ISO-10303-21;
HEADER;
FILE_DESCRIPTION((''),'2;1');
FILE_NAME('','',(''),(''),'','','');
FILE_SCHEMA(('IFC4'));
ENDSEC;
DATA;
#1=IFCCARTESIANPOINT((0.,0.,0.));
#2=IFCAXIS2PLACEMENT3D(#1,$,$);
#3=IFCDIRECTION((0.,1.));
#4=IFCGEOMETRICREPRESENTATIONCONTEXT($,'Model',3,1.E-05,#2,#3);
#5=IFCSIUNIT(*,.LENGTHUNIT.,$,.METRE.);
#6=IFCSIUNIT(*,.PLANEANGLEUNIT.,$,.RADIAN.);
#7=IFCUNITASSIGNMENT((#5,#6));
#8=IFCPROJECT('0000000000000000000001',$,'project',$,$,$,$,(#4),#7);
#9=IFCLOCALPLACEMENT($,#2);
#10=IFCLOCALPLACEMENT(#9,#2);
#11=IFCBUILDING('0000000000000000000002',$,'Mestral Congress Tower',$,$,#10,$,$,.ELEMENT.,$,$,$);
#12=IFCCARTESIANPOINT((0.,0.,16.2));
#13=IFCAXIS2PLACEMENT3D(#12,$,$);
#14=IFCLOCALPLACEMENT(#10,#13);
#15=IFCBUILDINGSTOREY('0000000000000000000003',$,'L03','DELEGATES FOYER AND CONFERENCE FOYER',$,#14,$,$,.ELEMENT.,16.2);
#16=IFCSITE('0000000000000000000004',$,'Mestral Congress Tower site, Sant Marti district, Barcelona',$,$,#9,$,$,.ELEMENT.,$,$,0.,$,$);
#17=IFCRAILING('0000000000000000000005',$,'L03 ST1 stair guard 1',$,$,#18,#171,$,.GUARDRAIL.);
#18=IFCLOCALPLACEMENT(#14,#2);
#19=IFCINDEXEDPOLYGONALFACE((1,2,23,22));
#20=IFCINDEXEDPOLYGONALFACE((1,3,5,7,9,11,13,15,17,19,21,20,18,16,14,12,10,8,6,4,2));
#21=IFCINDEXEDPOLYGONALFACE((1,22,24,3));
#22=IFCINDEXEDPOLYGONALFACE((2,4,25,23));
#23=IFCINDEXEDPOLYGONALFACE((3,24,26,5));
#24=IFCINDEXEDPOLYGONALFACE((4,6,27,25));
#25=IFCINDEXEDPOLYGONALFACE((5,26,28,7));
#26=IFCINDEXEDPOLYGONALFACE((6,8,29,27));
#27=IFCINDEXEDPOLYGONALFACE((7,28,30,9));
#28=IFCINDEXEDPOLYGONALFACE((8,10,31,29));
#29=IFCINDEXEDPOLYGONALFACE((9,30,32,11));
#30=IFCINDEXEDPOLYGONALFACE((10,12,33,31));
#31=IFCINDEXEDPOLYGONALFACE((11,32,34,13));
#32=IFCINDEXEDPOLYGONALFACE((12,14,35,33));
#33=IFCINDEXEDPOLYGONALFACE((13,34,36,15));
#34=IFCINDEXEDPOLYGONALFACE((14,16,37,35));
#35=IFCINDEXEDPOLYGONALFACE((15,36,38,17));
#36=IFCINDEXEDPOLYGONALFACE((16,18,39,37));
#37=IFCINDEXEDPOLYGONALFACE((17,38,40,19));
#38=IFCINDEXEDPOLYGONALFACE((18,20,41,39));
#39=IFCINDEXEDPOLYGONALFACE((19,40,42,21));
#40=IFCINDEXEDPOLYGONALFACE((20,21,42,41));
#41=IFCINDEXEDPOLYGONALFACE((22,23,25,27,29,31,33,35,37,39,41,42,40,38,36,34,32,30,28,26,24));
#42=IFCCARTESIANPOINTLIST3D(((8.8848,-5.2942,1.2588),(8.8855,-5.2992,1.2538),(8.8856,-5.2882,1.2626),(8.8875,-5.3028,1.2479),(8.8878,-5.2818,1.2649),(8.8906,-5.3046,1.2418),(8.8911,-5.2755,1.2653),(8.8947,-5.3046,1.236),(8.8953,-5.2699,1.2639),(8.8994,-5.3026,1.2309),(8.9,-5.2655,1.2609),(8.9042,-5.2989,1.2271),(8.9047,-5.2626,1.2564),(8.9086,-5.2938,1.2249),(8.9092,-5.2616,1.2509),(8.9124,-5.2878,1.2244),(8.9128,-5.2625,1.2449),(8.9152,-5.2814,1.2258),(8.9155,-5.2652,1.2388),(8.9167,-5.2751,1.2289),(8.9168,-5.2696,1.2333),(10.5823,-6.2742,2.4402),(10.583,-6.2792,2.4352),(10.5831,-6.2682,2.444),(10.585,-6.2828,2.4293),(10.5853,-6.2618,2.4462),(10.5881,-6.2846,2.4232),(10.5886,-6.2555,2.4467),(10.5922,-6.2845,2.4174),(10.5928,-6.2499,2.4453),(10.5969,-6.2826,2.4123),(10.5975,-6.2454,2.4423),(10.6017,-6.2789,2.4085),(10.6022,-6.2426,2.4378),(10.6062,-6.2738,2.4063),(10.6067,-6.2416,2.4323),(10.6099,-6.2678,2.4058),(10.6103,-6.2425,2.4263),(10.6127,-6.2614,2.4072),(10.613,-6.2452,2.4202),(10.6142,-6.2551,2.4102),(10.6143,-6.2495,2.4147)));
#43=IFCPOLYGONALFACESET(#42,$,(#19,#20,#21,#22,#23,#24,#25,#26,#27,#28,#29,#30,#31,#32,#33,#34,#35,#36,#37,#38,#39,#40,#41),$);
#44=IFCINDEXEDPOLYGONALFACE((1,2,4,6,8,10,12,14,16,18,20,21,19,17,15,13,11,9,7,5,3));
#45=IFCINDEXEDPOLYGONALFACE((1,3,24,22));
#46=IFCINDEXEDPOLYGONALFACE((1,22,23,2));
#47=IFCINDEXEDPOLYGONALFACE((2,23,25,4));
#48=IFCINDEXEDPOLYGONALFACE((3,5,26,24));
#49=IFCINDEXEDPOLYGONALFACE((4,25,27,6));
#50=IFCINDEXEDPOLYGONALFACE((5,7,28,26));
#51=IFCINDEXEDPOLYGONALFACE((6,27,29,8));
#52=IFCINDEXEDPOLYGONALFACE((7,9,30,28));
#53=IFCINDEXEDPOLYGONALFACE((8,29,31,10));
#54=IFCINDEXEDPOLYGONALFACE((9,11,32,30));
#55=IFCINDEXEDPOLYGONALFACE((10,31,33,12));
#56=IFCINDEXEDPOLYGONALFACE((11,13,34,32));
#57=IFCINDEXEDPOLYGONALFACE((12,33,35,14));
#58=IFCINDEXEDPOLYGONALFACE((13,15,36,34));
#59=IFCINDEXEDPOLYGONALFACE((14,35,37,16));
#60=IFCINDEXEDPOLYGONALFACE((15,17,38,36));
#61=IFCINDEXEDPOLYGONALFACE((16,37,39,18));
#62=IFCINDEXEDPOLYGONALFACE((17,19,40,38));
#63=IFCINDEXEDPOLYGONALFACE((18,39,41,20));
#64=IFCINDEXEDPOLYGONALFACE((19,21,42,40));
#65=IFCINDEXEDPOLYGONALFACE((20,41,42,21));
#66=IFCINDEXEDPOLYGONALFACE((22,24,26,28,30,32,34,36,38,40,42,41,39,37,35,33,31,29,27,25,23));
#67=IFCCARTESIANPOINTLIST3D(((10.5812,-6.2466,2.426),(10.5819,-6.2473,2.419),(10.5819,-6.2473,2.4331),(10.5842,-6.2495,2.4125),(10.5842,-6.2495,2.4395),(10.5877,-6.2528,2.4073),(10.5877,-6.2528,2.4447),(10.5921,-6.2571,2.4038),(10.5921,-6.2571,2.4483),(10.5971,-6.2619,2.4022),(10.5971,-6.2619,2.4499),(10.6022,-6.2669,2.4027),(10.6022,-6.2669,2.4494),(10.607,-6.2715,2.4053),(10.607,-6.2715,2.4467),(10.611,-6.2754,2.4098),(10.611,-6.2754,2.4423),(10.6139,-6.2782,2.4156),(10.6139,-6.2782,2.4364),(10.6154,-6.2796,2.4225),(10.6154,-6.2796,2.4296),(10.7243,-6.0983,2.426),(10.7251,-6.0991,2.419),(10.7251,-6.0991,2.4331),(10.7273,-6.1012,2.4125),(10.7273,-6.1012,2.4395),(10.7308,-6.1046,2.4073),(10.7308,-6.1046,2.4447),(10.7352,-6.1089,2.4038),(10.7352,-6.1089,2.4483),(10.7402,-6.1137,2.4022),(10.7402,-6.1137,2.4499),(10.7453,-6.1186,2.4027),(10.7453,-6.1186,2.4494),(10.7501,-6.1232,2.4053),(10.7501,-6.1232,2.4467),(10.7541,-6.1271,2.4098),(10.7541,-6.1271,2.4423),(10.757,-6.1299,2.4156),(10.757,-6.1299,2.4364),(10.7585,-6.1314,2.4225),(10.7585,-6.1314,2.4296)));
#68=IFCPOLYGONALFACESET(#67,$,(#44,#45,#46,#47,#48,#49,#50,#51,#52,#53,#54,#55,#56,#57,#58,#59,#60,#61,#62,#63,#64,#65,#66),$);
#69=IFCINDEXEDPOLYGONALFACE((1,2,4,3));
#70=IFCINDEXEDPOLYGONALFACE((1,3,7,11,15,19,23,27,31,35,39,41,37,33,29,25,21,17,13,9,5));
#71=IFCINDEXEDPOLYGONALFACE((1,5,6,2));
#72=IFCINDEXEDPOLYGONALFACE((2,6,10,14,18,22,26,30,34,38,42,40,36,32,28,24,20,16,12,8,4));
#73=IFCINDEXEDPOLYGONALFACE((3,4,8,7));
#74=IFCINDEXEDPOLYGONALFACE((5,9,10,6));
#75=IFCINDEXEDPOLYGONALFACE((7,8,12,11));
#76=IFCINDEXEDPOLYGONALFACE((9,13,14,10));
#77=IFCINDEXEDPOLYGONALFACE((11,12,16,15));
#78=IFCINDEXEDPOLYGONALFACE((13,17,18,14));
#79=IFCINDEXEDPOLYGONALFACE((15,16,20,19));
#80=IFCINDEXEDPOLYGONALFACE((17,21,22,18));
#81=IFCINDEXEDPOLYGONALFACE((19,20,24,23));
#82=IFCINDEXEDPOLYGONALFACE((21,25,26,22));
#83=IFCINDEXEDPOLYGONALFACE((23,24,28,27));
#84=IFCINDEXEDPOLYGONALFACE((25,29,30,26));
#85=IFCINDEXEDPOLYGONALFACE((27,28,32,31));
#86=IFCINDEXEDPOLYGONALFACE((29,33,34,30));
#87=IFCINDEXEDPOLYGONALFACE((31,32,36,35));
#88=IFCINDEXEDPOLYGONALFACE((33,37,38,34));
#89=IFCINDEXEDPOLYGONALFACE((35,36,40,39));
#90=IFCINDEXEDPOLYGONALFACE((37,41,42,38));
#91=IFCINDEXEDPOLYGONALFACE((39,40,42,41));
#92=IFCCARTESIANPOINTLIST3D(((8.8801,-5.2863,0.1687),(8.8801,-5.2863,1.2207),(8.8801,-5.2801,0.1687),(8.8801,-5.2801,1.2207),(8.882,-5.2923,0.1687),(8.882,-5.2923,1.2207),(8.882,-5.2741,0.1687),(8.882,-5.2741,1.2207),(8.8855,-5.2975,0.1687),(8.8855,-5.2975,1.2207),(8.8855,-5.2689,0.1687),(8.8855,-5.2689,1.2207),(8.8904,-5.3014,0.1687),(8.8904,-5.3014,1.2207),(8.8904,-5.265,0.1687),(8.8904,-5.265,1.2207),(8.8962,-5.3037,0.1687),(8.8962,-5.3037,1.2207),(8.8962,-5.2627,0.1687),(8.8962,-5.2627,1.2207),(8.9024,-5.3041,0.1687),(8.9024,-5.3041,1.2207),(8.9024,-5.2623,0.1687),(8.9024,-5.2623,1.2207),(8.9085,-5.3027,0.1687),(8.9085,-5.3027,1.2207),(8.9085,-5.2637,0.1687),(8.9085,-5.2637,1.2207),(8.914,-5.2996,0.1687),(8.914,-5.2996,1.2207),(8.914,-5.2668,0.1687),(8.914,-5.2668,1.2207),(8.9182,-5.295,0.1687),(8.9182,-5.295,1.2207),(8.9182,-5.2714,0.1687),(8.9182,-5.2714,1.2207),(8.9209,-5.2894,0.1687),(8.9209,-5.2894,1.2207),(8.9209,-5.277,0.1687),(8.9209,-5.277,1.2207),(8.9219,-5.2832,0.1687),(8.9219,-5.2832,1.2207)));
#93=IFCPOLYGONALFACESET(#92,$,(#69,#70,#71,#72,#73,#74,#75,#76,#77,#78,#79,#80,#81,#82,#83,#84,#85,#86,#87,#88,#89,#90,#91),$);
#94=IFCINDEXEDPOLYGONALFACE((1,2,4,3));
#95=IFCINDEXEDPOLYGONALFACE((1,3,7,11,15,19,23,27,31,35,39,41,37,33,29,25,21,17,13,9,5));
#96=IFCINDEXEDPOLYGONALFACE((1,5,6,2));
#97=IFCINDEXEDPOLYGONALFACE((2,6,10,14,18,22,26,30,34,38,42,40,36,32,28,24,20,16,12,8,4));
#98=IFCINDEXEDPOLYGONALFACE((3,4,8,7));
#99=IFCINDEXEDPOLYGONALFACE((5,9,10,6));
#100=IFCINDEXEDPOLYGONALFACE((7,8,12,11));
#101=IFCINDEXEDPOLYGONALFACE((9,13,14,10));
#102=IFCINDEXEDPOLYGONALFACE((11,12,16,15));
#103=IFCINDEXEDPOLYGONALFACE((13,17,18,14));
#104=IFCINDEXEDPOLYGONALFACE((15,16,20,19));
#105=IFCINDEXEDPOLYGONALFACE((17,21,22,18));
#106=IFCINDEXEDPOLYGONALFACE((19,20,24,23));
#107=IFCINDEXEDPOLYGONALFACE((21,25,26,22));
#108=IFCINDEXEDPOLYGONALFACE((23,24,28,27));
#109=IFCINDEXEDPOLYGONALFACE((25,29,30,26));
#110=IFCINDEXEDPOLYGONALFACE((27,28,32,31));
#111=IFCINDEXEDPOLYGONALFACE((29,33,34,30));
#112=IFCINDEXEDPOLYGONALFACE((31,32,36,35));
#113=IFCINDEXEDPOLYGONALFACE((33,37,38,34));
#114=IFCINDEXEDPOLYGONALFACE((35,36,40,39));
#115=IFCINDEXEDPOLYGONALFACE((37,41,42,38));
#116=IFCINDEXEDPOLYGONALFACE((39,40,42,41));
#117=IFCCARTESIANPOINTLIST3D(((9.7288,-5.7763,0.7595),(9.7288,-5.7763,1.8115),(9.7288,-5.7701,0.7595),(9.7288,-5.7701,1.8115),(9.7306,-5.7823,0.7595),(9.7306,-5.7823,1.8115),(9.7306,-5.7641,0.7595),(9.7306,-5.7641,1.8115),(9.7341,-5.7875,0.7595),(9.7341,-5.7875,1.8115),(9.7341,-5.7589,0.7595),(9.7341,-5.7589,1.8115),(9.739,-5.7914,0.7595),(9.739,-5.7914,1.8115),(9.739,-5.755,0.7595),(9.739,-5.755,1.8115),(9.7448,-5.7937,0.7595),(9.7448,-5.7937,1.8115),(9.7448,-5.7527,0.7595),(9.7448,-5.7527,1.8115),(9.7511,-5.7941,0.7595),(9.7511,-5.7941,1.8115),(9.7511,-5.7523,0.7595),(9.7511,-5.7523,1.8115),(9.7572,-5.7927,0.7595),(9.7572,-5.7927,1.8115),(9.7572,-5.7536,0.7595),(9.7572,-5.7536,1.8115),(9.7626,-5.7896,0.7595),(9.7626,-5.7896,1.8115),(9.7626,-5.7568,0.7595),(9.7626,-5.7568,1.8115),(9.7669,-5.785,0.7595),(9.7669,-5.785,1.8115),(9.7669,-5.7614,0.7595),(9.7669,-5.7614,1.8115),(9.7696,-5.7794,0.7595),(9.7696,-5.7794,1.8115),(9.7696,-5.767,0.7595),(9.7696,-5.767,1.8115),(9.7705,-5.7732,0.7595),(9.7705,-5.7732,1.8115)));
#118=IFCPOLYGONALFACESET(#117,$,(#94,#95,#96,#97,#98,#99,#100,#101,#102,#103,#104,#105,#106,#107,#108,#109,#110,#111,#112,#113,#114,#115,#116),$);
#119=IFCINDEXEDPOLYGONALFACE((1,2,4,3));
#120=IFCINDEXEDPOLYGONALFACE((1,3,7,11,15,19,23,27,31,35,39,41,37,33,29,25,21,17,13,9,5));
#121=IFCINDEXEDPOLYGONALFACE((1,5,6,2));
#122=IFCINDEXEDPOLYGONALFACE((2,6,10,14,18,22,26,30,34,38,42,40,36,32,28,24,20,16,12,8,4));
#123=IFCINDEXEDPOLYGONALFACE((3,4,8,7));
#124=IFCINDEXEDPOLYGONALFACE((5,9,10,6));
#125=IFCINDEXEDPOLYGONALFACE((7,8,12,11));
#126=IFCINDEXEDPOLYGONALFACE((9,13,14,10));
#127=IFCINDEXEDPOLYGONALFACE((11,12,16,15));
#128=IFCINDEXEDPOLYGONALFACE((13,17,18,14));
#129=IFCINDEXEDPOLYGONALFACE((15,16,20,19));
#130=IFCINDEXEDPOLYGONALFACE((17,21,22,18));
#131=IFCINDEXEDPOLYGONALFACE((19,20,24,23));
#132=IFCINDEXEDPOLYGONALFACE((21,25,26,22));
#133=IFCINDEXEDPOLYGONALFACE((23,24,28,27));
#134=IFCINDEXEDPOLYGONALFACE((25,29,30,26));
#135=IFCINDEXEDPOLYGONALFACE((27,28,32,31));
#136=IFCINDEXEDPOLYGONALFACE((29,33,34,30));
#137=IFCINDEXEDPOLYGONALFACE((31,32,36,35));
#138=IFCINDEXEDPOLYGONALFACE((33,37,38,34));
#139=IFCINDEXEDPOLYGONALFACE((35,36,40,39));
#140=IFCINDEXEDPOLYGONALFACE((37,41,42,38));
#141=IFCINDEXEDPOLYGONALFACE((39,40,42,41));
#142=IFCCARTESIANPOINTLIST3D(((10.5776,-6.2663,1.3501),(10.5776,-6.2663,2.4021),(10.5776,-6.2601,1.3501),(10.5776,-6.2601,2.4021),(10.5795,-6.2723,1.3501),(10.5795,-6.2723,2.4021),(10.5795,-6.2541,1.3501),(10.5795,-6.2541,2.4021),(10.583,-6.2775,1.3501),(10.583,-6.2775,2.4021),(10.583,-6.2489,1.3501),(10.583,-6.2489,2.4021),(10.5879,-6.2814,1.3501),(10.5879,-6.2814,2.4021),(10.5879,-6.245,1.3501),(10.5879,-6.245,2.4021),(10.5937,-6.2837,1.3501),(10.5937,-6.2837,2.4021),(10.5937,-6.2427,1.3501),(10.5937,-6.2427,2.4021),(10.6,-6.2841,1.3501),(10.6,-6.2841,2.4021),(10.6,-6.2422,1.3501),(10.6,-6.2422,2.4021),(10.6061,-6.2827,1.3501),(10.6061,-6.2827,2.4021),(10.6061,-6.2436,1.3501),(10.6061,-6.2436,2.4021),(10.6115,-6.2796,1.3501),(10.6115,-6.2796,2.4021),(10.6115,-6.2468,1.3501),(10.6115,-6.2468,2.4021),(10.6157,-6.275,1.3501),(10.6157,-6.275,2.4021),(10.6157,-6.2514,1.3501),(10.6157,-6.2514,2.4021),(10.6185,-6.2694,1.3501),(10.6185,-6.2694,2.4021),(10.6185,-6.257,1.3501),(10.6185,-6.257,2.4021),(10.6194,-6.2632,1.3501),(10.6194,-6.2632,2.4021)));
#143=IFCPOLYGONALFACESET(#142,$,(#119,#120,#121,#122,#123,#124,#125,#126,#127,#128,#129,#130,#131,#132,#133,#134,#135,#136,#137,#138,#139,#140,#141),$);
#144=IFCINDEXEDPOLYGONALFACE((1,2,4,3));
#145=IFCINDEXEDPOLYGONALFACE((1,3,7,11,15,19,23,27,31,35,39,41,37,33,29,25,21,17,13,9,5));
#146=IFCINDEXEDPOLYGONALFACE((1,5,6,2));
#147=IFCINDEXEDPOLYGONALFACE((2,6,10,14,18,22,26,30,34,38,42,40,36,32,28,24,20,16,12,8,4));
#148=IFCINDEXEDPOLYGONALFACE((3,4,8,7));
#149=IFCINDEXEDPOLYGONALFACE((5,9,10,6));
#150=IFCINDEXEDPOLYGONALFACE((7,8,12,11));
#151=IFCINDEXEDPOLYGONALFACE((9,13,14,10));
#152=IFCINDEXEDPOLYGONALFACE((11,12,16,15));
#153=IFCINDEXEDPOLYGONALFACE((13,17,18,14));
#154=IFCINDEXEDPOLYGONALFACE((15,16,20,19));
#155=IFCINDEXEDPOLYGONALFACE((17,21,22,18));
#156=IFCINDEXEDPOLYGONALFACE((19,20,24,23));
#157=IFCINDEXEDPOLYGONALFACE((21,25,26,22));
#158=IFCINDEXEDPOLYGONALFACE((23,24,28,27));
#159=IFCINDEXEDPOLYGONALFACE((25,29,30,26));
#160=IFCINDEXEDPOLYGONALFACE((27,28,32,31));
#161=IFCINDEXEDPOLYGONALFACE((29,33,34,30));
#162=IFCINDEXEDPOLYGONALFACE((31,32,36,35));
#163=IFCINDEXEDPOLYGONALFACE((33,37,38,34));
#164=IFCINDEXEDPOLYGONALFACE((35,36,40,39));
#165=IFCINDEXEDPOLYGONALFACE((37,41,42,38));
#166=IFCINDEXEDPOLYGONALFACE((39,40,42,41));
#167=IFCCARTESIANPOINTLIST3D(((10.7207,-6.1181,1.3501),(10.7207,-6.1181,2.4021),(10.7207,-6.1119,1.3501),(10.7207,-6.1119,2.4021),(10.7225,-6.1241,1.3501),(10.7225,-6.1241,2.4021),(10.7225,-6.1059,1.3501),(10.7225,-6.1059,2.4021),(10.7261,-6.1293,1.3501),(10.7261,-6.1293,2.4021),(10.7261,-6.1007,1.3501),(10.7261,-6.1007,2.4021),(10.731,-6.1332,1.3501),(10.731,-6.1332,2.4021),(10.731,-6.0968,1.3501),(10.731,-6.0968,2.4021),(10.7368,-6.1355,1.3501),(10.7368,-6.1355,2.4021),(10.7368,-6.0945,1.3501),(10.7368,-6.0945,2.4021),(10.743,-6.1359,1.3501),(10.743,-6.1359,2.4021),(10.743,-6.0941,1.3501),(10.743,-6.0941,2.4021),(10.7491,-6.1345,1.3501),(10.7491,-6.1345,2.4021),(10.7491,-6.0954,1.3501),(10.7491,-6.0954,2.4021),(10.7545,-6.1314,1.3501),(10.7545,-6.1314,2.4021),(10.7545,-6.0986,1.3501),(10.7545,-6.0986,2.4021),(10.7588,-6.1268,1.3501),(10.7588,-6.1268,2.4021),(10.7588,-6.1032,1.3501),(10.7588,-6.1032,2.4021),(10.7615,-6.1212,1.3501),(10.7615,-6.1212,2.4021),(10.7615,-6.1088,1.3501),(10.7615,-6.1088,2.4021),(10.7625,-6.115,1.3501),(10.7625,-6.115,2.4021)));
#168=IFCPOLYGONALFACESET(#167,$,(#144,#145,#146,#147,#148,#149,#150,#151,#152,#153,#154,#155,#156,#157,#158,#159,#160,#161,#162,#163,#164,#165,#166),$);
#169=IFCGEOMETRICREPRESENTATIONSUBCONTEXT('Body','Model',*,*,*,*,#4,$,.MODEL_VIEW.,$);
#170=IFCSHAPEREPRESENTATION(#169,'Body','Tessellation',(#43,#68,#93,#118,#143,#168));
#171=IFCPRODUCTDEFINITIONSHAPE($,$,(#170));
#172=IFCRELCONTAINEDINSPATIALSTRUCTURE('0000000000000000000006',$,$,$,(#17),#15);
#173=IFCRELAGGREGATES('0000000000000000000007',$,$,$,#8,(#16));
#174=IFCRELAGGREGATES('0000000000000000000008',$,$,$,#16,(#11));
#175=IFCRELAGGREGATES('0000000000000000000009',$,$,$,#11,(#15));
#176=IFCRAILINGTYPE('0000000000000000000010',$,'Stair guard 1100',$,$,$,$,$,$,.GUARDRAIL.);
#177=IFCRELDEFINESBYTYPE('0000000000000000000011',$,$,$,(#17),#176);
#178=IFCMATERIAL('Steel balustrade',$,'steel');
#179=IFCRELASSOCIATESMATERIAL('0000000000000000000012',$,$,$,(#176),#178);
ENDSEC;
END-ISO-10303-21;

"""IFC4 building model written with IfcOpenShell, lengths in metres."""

from ifc_helpers import new_model, si_unit, direction, frame, origin, origin_2d, place, context, subcontext, project, spatial, circle, extrude, material, type_object, element, save


model = new_model("IFC4")

# Units and contexts
model_context = context("Model", 3, precision=1e-05, world=origin(), true_north=direction((0.0, 1.0)))
body_context = subcontext(model_context, "Body", "Model", "MODEL_VIEW")
ifc_project = project(units=[si_unit("LENGTHUNIT", "METRE"), si_unit("PLANEANGLEUNIT", "RADIAN")], contexts=[model_context])

# Site, building, storey
site_placement = place(None, origin())
site = spatial("IfcSite", under=ifc_project, at=site_placement, Name="Mestral Congress Tower site, Sant Marti district, Barcelona", CompositionType="ELEMENT", RefElevation=0.0)
building_placement = place(site_placement, origin())
building = spatial("IfcBuilding", under=site, at=building_placement, Name="Mestral Congress Tower", CompositionType="ELEMENT")
storey_placement = place(building_placement, frame((0.0, 0.0, 16.2)))
storey = spatial("IfcBuildingStorey", under=building, at=storey_placement, Name="L03", Description="DELEGATES FOYER AND CONFERENCE FOYER", CompositionType="ELEMENT", Elevation=16.2)

# Railing
ifc_material_1 = material(Name="Steel balustrade", Category="steel")
railing_type = type_object("IfcRailingType", Name="Stair guard 1100", PredefinedType="GUARDRAIL", material=ifc_material_1)
railing_1_placement = place(storey_placement, frame((8.9009, -5.2832, 0.1687)))
element("IfcRailing", 1, at=railing_1_placement, inside=storey, type_object=railing_type, Name="L03 ST1 stair guard 1", PredefinedType="GUARDRAIL", context=body_context, shape_type="SweptSolid", body=[
    extrude(circle(Radius=0.0239, at=origin_2d()), frame((0.0, 0.0, 1.0762), z_axis=(0.741731, -0.428205, 0.516214), x_axis=(0.49997, 0.866042, 0.0)), (0.0, 0.0, 1.0), 2.2886),
    extrude(circle(Radius=0.0239, at=origin_2d()), frame((1.6975, -0.98, 2.2573), z_axis=(0.694552, 0.719442, 0.0), x_axis=(-0.719442, 0.694552, 0.0)), (0.0, 0.0, 1.0), 0.2061),
    extrude(circle(Radius=0.021, at=origin_2d()), origin(), (0.0, 0.0, 1.0), 1.052),
    extrude(circle(Radius=0.021, at=origin_2d()), frame((0.8486, -0.49, 0.5908)), (0.0, 0.0, 1.0), 1.052),
    extrude(circle(Radius=0.021, at=origin_2d()), frame((1.6975, -0.98, 1.1814)), (0.0, 0.0, 1.0), 1.052),
    extrude(circle(Radius=0.021, at=origin_2d()), frame((1.8406, -0.8318, 1.1814)), (0.0, 0.0, 1.0), 1.052),
])

save(model, "model.ifc")
